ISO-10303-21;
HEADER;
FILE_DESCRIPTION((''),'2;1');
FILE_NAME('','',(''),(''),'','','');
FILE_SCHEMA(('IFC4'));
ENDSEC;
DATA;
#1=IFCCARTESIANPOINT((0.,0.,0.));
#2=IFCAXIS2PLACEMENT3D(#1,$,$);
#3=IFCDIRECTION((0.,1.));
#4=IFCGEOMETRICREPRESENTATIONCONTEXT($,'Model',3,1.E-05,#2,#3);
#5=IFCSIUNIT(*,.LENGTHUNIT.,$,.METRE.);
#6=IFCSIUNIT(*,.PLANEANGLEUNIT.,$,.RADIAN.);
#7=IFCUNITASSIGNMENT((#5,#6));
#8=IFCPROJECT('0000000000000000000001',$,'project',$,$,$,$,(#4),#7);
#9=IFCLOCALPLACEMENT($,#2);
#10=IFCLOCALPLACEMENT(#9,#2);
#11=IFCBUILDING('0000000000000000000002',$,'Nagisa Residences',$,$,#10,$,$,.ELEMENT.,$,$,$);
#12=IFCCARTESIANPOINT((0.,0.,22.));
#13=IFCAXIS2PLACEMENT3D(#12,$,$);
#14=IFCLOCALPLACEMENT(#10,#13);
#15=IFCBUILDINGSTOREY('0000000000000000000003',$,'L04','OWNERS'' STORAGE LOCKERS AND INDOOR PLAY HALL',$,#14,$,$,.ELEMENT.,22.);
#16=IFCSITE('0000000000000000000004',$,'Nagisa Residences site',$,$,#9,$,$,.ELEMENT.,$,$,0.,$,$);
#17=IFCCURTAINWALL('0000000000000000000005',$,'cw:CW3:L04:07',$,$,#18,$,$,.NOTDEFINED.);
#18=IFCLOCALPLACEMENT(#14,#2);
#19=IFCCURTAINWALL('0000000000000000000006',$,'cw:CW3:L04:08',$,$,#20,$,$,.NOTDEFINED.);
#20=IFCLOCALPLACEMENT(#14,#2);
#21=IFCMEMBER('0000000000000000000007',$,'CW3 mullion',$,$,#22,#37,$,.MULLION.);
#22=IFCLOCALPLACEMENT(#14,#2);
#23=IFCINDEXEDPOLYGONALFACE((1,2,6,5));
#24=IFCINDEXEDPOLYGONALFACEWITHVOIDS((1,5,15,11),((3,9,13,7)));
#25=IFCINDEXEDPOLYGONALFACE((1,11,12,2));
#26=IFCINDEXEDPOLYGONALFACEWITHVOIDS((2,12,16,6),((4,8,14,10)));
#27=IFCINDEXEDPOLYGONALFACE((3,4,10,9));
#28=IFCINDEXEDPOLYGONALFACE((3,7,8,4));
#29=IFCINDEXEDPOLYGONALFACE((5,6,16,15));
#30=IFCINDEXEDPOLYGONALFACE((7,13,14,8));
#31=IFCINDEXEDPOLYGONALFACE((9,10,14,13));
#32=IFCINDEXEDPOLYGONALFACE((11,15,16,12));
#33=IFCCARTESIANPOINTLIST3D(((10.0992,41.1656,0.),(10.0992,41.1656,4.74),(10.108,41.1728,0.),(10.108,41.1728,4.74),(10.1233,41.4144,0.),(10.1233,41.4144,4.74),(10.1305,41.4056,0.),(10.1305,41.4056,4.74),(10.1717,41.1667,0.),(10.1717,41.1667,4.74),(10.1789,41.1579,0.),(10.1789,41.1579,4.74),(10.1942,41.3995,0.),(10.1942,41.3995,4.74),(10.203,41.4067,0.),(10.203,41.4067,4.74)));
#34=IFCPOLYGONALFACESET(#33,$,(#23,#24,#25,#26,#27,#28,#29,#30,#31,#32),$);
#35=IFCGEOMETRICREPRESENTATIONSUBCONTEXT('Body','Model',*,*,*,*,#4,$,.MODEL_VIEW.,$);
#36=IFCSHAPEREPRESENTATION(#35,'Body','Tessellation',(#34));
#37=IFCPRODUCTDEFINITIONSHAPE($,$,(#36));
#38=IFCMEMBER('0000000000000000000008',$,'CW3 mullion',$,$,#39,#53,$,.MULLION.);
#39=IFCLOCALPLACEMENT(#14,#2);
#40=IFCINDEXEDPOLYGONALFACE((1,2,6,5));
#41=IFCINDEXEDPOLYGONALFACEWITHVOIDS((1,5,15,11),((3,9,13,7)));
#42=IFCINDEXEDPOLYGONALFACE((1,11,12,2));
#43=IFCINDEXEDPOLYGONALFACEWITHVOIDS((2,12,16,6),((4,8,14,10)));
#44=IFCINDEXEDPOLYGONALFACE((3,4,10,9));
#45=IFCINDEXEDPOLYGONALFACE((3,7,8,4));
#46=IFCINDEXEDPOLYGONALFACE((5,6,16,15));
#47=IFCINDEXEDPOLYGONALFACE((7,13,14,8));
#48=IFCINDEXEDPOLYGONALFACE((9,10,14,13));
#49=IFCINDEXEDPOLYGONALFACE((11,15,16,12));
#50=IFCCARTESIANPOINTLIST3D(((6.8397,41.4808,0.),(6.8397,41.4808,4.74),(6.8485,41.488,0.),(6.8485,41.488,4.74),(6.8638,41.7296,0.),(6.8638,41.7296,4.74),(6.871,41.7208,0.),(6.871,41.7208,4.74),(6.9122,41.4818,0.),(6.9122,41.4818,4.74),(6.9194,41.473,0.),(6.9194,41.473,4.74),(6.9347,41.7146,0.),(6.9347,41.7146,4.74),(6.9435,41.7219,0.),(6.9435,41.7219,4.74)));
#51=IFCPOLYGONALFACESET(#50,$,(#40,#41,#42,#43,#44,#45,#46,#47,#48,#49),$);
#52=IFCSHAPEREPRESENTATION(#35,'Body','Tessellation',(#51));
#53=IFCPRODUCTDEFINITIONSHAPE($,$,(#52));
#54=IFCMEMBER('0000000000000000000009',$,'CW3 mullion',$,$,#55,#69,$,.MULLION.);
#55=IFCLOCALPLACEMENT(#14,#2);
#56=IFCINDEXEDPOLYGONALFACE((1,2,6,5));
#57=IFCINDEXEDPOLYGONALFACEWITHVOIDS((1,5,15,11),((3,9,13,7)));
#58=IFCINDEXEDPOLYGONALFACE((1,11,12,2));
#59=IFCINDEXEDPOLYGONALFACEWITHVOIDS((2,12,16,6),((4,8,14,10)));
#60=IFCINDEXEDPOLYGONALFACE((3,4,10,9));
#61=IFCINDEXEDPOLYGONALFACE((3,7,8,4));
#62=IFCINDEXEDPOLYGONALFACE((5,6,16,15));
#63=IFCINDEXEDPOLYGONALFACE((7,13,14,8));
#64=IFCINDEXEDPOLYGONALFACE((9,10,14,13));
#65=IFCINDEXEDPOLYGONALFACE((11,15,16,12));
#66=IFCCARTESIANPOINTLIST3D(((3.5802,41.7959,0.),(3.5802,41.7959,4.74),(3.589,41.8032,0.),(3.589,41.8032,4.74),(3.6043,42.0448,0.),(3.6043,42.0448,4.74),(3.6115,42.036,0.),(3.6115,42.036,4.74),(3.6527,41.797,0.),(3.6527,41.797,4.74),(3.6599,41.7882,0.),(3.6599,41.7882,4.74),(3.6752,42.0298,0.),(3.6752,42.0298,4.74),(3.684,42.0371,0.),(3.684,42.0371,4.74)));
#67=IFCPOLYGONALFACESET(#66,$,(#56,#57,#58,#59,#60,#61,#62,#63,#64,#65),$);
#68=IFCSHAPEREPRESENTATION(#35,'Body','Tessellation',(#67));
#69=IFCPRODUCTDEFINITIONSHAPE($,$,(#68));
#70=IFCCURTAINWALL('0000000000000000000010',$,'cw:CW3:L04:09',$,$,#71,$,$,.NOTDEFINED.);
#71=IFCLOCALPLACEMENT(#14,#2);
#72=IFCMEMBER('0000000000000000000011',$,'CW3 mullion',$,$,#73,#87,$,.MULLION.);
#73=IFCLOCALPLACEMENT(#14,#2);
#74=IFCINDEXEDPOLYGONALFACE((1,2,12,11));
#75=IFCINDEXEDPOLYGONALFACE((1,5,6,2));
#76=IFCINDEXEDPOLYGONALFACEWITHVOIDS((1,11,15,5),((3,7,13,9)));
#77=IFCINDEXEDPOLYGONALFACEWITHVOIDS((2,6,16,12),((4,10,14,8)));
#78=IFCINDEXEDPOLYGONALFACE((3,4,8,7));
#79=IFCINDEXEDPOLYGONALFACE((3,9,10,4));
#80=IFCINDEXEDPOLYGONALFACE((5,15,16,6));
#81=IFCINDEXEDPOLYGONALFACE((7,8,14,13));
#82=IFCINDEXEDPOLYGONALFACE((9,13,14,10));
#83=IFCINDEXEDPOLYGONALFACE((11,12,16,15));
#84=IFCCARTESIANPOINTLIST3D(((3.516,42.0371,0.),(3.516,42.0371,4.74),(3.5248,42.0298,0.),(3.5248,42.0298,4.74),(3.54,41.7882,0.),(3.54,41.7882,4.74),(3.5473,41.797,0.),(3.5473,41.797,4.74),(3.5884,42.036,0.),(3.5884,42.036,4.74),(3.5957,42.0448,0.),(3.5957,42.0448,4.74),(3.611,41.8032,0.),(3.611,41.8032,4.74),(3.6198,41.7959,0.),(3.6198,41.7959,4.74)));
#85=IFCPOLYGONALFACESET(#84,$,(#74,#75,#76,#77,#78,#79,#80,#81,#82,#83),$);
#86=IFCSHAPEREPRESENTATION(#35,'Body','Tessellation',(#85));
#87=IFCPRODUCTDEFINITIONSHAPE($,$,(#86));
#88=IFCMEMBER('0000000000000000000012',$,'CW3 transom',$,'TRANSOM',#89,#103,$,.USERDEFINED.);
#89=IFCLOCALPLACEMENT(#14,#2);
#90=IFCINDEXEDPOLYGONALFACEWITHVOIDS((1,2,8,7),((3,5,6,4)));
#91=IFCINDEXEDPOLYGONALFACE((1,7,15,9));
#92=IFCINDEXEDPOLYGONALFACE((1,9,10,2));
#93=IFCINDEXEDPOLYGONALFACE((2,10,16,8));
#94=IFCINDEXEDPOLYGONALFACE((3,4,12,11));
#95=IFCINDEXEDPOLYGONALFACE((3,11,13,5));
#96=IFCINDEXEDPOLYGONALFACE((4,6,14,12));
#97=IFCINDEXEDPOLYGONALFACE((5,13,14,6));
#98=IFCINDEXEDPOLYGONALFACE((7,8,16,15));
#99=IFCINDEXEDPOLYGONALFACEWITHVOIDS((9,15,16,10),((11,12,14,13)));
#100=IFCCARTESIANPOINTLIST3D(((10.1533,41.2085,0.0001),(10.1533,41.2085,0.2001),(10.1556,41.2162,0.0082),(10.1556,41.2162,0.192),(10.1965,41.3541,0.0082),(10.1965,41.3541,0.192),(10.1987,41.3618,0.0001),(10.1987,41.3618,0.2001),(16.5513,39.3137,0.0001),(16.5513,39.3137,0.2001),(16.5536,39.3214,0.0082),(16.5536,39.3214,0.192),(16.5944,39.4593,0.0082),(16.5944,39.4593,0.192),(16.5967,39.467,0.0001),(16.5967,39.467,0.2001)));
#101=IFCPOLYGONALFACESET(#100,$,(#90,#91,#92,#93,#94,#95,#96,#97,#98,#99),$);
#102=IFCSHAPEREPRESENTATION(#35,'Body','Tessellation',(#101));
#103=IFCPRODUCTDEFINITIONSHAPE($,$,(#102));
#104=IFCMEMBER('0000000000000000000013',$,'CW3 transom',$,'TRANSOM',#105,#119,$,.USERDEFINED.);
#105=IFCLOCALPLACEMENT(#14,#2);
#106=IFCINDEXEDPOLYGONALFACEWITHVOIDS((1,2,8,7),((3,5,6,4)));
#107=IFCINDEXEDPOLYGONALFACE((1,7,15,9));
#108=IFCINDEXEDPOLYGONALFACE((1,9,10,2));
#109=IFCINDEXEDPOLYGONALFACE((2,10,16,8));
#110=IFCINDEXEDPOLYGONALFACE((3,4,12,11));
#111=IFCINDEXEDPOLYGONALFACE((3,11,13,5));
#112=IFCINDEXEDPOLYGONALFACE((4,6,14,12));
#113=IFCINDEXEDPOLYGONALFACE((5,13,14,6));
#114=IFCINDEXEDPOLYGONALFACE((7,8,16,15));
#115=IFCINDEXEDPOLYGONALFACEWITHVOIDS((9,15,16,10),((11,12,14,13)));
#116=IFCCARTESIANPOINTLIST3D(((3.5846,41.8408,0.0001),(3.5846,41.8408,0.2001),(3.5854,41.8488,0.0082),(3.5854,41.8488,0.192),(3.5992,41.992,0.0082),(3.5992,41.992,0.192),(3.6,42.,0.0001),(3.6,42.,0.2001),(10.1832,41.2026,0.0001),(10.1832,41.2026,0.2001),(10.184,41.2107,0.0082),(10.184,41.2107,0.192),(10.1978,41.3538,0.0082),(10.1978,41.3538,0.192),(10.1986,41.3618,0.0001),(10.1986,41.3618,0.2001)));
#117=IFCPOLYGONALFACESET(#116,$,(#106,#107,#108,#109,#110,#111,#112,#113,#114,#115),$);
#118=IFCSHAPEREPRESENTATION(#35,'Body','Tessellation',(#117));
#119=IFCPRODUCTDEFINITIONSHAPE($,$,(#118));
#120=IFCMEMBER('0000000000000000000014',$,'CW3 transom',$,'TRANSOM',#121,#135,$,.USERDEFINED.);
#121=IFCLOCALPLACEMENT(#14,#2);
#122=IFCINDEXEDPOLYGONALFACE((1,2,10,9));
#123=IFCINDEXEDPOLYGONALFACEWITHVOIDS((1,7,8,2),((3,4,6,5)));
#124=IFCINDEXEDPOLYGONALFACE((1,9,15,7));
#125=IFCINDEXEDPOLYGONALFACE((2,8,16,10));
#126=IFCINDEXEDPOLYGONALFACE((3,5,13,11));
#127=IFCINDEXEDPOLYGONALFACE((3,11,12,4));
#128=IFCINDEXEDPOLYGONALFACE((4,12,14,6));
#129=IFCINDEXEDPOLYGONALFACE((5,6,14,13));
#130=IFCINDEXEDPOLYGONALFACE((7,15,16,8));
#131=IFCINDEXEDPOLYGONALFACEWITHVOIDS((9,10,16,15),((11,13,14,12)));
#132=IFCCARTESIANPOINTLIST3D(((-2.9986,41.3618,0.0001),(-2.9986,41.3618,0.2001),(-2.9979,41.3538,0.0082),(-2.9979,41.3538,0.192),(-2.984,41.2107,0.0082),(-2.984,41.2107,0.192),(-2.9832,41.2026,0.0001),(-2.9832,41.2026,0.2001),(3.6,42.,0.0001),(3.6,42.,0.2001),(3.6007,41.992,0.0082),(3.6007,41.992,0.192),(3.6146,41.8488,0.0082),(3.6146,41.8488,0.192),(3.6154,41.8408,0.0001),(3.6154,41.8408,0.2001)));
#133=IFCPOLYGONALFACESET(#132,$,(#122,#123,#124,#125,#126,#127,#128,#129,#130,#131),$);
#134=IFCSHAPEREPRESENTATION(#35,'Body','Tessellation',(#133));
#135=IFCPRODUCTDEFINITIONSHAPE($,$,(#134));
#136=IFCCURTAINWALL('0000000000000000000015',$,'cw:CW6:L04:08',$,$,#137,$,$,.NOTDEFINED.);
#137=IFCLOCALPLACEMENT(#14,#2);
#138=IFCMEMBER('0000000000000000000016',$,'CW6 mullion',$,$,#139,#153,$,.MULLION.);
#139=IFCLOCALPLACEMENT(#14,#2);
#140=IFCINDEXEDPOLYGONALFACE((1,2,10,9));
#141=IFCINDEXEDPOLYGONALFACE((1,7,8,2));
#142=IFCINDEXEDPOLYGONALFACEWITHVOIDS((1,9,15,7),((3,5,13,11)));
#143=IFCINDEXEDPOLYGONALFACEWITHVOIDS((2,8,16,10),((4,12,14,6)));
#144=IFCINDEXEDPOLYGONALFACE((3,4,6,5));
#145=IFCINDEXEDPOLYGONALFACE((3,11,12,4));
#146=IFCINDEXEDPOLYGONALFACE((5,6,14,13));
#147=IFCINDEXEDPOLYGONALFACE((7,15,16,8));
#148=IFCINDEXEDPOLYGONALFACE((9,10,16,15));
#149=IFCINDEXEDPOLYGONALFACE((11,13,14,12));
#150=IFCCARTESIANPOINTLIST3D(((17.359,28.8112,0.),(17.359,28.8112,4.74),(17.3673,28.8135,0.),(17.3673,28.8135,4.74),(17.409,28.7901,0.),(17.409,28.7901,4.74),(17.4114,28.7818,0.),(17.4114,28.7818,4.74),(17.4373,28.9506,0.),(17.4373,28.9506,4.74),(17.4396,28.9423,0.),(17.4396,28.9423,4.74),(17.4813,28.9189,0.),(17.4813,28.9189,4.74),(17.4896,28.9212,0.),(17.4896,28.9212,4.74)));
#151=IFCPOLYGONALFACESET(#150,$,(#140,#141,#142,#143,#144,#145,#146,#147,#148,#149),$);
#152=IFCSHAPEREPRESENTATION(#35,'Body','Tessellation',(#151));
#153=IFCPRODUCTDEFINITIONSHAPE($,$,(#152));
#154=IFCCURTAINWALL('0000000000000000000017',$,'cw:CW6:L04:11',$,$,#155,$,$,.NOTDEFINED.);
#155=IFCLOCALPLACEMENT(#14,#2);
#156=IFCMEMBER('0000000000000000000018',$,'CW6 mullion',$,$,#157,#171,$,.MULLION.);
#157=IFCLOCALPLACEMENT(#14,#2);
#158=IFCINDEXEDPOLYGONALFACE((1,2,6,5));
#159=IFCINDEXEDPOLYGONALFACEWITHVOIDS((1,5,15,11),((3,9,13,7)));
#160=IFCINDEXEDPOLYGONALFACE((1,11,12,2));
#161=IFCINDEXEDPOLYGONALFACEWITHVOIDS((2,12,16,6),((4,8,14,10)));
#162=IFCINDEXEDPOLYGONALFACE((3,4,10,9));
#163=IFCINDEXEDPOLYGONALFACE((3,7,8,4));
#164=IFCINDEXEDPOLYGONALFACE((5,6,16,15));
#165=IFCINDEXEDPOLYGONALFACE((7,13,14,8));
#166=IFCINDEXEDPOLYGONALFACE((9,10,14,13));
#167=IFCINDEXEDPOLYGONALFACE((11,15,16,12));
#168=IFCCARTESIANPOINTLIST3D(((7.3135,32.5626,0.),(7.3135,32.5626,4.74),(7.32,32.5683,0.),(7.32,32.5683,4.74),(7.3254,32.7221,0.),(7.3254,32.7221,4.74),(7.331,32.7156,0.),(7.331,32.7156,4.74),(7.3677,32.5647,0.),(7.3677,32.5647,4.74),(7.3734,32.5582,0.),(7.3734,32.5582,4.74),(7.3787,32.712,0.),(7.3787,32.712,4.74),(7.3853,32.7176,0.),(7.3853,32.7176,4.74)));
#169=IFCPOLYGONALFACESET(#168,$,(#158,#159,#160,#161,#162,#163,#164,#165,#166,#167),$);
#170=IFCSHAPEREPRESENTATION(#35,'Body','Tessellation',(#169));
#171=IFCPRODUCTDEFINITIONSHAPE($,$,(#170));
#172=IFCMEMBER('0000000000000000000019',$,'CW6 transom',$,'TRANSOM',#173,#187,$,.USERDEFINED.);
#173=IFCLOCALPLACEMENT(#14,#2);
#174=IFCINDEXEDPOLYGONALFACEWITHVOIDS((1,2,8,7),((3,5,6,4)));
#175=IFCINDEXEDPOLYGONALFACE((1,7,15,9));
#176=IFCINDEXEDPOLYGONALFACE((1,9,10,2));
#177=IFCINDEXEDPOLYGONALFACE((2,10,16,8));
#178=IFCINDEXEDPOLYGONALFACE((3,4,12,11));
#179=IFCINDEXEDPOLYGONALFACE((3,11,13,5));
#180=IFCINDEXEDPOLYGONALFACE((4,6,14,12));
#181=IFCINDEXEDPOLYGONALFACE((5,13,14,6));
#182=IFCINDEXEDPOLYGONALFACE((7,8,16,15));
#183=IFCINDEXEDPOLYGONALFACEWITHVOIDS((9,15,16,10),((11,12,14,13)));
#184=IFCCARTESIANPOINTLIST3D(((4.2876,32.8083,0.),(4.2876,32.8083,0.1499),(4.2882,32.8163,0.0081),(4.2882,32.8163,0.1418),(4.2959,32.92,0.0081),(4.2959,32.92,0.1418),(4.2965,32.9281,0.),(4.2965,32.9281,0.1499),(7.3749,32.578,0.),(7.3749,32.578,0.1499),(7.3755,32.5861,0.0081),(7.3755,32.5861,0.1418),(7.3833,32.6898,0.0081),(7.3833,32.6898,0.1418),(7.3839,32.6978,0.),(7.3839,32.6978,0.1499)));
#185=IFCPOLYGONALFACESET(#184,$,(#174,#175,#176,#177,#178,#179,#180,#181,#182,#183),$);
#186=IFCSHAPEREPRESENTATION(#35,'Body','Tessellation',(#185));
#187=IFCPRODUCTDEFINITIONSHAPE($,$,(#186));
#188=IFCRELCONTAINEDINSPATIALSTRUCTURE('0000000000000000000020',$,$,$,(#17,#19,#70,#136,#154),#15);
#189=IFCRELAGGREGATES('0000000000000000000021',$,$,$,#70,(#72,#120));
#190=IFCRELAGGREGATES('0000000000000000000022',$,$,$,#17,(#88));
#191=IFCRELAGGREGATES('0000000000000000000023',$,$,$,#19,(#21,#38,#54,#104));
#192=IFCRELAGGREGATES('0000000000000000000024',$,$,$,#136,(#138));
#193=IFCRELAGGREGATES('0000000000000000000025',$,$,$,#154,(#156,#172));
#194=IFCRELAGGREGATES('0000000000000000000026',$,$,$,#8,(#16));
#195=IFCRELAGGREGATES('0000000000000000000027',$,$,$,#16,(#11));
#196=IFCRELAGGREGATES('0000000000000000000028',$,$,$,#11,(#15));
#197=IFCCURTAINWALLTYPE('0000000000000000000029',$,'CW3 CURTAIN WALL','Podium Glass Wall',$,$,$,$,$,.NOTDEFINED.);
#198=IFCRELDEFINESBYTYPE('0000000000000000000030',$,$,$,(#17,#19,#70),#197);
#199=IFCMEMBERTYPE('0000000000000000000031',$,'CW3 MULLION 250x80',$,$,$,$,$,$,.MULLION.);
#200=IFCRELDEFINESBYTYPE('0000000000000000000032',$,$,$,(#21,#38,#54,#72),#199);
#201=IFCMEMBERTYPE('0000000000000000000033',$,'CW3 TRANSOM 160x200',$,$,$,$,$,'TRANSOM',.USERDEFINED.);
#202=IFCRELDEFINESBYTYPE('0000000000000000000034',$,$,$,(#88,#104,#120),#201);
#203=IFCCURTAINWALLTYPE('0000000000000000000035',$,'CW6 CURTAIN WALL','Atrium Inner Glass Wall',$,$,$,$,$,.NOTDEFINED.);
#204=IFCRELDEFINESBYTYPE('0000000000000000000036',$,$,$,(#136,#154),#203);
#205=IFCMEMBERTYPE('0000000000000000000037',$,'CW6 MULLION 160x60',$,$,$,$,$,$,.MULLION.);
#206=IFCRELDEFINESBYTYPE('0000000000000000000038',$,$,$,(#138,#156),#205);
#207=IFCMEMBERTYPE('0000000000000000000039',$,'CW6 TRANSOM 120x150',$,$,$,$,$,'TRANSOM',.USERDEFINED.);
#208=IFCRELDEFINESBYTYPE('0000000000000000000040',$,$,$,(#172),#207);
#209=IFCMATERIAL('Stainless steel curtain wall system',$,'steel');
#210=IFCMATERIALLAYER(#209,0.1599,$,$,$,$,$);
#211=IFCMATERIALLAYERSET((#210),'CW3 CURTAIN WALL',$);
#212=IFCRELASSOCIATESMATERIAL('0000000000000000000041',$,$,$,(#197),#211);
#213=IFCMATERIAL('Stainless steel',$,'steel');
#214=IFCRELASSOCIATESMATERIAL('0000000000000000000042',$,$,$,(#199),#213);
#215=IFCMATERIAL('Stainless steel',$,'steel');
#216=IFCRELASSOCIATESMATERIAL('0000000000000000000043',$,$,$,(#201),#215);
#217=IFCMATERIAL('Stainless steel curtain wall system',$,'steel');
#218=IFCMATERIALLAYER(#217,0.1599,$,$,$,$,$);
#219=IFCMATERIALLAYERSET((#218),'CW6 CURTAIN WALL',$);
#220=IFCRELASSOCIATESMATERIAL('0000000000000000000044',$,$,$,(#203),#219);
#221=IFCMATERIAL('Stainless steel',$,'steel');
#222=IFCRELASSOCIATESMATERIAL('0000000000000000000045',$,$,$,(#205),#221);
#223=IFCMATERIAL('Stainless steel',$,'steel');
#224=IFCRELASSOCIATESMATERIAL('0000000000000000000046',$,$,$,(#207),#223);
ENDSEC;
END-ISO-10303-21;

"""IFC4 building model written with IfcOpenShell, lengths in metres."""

from ifc_helpers import new_model, si_unit, direction, frame, origin, origin_2d, place, context, subcontext, project, spatial, hollow_rectangle, extrude, material, layer, layer_set, material_profile, profile_set, type_object, element, aggregate, save


model = new_model("IFC4")

# Units and contexts
model_context = context("Model", 3, precision=1e-05, world=origin(), true_north=direction((0.0, 1.0)))
body_context = subcontext(model_context, "Body", "Model", "MODEL_VIEW")
ifc_project = project(units=[si_unit("LENGTHUNIT", "METRE"), si_unit("PLANEANGLEUNIT", "RADIAN")], contexts=[model_context])

# Site, building, storey
site_placement = place(None, origin())
site = spatial("IfcSite", under=ifc_project, at=site_placement, Name="Nagisa Residences site", CompositionType="ELEMENT", RefElevation=0.0)
building_placement = place(site_placement, origin())
building = spatial("IfcBuilding", under=site, at=building_placement, Name="Nagisa Residences", CompositionType="ELEMENT")
storey_placement = place(building_placement, frame((0.0, 0.0, 22.0)))
storey = spatial("IfcBuildingStorey", under=building, at=storey_placement, Name="L04", Description="OWNERS' STORAGE LOCKERS AND INDOOR PLAY HALL", CompositionType="ELEMENT", Elevation=22.0)

# Shared definitions
ifc_material_1 = material(Name="Stainless steel curtain wall system", Category="steel")
ifc_layer_1 = layer(ifc_material_1, 0.1599)
ifc_layer_set_1 = layer_set([ifc_layer_1], Name="CW3 CURTAIN WALL")
curtain_wall_type_1 = type_object("IfcCurtainWallType", Name="CW3 CURTAIN WALL", Description="Podium Glass Wall", PredefinedType="NOTDEFINED", material=ifc_layer_set_1)
ifc_material_2 = material(Name="Stainless steel", Category="steel")
ifc_material_profile_1 = material_profile(ifc_material_2, hollow_rectangle(XDim=0.25, YDim=0.0801, WallThickness=0.0081, at=origin_2d()), Name="CW3 MULLION 250x80")
ifc_profile_set_1 = profile_set([ifc_material_profile_1], Name="Stainless steel")
member_type_1 = type_object("IfcMemberType", Name="CW3 MULLION 250x80", PredefinedType="MULLION", material=ifc_profile_set_1)

# Curtain walls, members
curtain_wall_1_placement = place(storey_placement, origin())
curtain_wall_1 = element("IfcCurtainWall", 1, at=curtain_wall_1_placement, inside=storey, type_object=curtain_wall_type_1, Name="cw:CW3:L04:07", PredefinedType="NOTDEFINED")
curtain_wall_2_placement = place(storey_placement, origin())
curtain_wall_2 = element("IfcCurtainWall", 2, at=curtain_wall_2_placement, inside=storey, type_object=curtain_wall_type_1, Name="cw:CW3:L04:08", PredefinedType="NOTDEFINED")
member_1_placement = place(storey_placement, frame((10.1511, 41.2861, 0.0), z_axis=(0.0, 0.0, 1.0), x_axis=(-0.096249, -0.995357, 0.0)))
member_1 = element("IfcMember", 3, at=member_1_placement, type_object=member_type_1, Name="CW3 mullion", PredefinedType="MULLION", context=body_context, shape_type="SweptSolid", body=[
    extrude(hollow_rectangle(XDim=0.25, YDim=0.0801, WallThickness=0.0081, at=origin_2d()), origin(), (0.0, 0.0, 1.0), 4.74),
])
member_2_placement = place(storey_placement, frame((6.8916, 41.6013, 0.0), z_axis=(0.0, 0.0, 1.0), x_axis=(-0.096249, -0.995357, 0.0)))
member_2 = element("IfcMember", 4, at=member_2_placement, type_object=member_type_1, Name="CW3 mullion", PredefinedType="MULLION", context=body_context, shape_type="SweptSolid", body=[
    extrude(hollow_rectangle(XDim=0.25, YDim=0.0801, WallThickness=0.0081, at=origin_2d()), origin(), (0.0, 0.0, 1.0), 4.74),
])
member_3_placement = place(storey_placement, frame((3.6321, 41.9165, 0.0), z_axis=(0.0, 0.0, 1.0), x_axis=(-0.096249, -0.995357, 0.0)))
member_3 = element("IfcMember", 5, at=member_3_placement, type_object=member_type_1, Name="CW3 mullion", PredefinedType="MULLION", context=body_context, shape_type="SweptSolid", body=[
    extrude(hollow_rectangle(XDim=0.25, YDim=0.0801, WallThickness=0.0081, at=origin_2d()), origin(), (0.0, 0.0, 1.0), 4.74),
])

# Curtain wall, member
curtain_wall_3_placement = place(storey_placement, origin())
curtain_wall_3 = element("IfcCurtainWall", 6, at=curtain_wall_3_placement, inside=storey, type_object=curtain_wall_type_1, Name="cw:CW3:L04:09", PredefinedType="NOTDEFINED")
member_4_placement = place(storey_placement, frame((3.5679, 41.9165, 0.0), z_axis=(0.0, 0.0, 1.0), x_axis=(0.096249, -0.995357, 0.0)))
member_4 = element("IfcMember", 7, at=member_4_placement, type_object=member_type_1, Name="CW3 mullion", PredefinedType="MULLION", context=body_context, shape_type="SweptSolid", body=[
    extrude(hollow_rectangle(XDim=0.25, YDim=0.0801, WallThickness=0.0081, at=origin_2d()), origin(), (0.0, 0.0, 1.0), 4.74),
])

# Members
ifc_material_3 = material(Name="Stainless steel", Category="steel")
ifc_material_profile_2 = material_profile(ifc_material_3, hollow_rectangle(XDim=0.1599, YDim=0.2, WallThickness=0.0081, at=origin_2d()), Name="CW3 TRANSOM 160x200")
ifc_profile_set_2 = profile_set([ifc_material_profile_2], Name="Stainless steel")
member_type_2 = type_object("IfcMemberType", Name="CW3 TRANSOM 160x200", ElementType="TRANSOM", PredefinedType="USERDEFINED", material=ifc_profile_set_2)
member_5_placement = place(storey_placement, frame((16.574, 39.3904, 0.1001), z_axis=(-0.958835, 0.283963, 0.0), x_axis=(-0.283963, -0.958835, 0.0)))
member_5 = element("IfcMember", 8, at=member_5_placement, type_object=member_type_2, Name="CW3 transom", ObjectType="TRANSOM", PredefinedType="USERDEFINED", context=body_context, shape_type="SweptSolid", body=[
    extrude(hollow_rectangle(XDim=0.1599, YDim=0.2, WallThickness=0.0081, at=origin_2d()), origin(), (0.0, 0.0, 1.0), 6.6726),
])
member_6_placement = place(storey_placement, frame((10.1909, 41.2822, 0.1001), z_axis=(-0.995356, 0.096265, 0.0), x_axis=(-0.096265, -0.995356, 0.0)))
member_6 = element("IfcMember", 9, at=member_6_placement, type_object=member_type_2, Name="CW3 transom", ObjectType="TRANSOM", PredefinedType="USERDEFINED", context=body_context, shape_type="SweptSolid", body=[
    extrude(hollow_rectangle(XDim=0.1599, YDim=0.2, WallThickness=0.0081, at=origin_2d()), origin(), (0.0, 0.0, 1.0), 6.6294),
])
member_7_placement = place(storey_placement, frame((3.6077, 41.9204, 0.1001), z_axis=(-0.995356, -0.096265, 0.0), x_axis=(0.096265, -0.995356, 0.0)))
member_7 = element("IfcMember", 10, at=member_7_placement, type_object=member_type_2, Name="CW3 transom", ObjectType="TRANSOM", PredefinedType="USERDEFINED", context=body_context, shape_type="SweptSolid", body=[
    extrude(hollow_rectangle(XDim=0.1599, YDim=0.2, WallThickness=0.0081, at=origin_2d()), origin(), (0.0, 0.0, 1.0), 6.6294),
])
aggregate(curtain_wall_3, [member_4, member_7])

# Curtain wall, member
ifc_material_4 = material(Name="Stainless steel curtain wall system", Category="steel")
ifc_layer_2 = layer(ifc_material_4, 0.1599)
ifc_layer_set_2 = layer_set([ifc_layer_2], Name="CW6 CURTAIN WALL")
curtain_wall_type_2 = type_object("IfcCurtainWallType", Name="CW6 CURTAIN WALL", Description="Atrium Inner Glass Wall", PredefinedType="NOTDEFINED", material=ifc_layer_set_2)
curtain_wall_4_placement = place(storey_placement, origin())
curtain_wall_4 = element("IfcCurtainWall", 11, at=curtain_wall_4_placement, inside=storey, type_object=curtain_wall_type_2, Name="cw:CW6:L04:08", PredefinedType="NOTDEFINED")
ifc_material_5 = material(Name="Stainless steel", Category="steel")
ifc_material_profile_3 = material_profile(ifc_material_5, hollow_rectangle(XDim=0.1599, YDim=0.0601, WallThickness=0.0061, at=origin_2d()), Name="CW6 MULLION 160x60")
ifc_profile_set_3 = profile_set([ifc_material_profile_3], Name="Stainless steel")
member_type_3 = type_object("IfcMemberType", Name="CW6 MULLION 160x60", PredefinedType="MULLION", material=ifc_profile_set_3)
member_8_placement = place(storey_placement, frame((17.4243, 28.8662, 0.0), z_axis=(0.0, 0.0, 1.0), x_axis=(-0.489377, -0.872072, 0.0)))
member_8 = element("IfcMember", 12, at=member_8_placement, type_object=member_type_3, Name="CW6 mullion", PredefinedType="MULLION", context=body_context, shape_type="SweptSolid", body=[
    extrude(hollow_rectangle(XDim=0.1599, YDim=0.0601, WallThickness=0.0061, at=origin_2d()), origin(), (0.0, 0.0, 1.0), 4.74),
])

# Curtain wall, members
curtain_wall_5_placement = place(storey_placement, origin())
curtain_wall_5 = element("IfcCurtainWall", 13, at=curtain_wall_5_placement, inside=storey, type_object=curtain_wall_type_2, Name="cw:CW6:L04:11", PredefinedType="NOTDEFINED")
member_9_placement = place(storey_placement, frame((7.3494, 32.6401, 0.0), z_axis=(0.0, 0.0, 1.0), x_axis=(-0.074377, -0.99723, 0.0)))
member_9 = element("IfcMember", 14, at=member_9_placement, type_object=member_type_3, Name="CW6 mullion", PredefinedType="MULLION", context=body_context, shape_type="SweptSolid", body=[
    extrude(hollow_rectangle(XDim=0.1599, YDim=0.0601, WallThickness=0.0061, at=origin_2d()), origin(), (0.0, 0.0, 1.0), 4.74),
])
ifc_material_6 = material(Name="Stainless steel", Category="steel")
ifc_material_profile_4 = material_profile(ifc_material_6, hollow_rectangle(XDim=0.1201, YDim=0.1499, WallThickness=0.0081, at=origin_2d()), Name="CW6 TRANSOM 120x150")
ifc_profile_set_4 = profile_set([ifc_material_profile_4], Name="Stainless steel")
member_type_4 = type_object("IfcMemberType", Name="CW6 TRANSOM 120x150", ElementType="TRANSOM", PredefinedType="USERDEFINED", material=ifc_profile_set_4)
member_10_placement = place(storey_placement, frame((7.3794, 32.6379, 0.075), z_axis=(-0.997231, 0.074363, 0.0), x_axis=(-0.074363, -0.997231, 0.0)))
member_10 = element("IfcMember", 15, at=member_10_placement, type_object=member_type_4, Name="CW6 transom", ObjectType="TRANSOM", PredefinedType="USERDEFINED", context=body_context, shape_type="SweptSolid", body=[
    extrude(hollow_rectangle(XDim=0.1201, YDim=0.1499, WallThickness=0.0081, at=origin_2d()), origin(), (0.0, 0.0, 1.0), 3.0959),
])

aggregate(curtain_wall_1, [member_5])
aggregate(curtain_wall_2, [member_1, member_2, member_3, member_6])
aggregate(curtain_wall_4, [member_8])
aggregate(curtain_wall_5, [member_9, member_10])

save(model, "model.ifc")
